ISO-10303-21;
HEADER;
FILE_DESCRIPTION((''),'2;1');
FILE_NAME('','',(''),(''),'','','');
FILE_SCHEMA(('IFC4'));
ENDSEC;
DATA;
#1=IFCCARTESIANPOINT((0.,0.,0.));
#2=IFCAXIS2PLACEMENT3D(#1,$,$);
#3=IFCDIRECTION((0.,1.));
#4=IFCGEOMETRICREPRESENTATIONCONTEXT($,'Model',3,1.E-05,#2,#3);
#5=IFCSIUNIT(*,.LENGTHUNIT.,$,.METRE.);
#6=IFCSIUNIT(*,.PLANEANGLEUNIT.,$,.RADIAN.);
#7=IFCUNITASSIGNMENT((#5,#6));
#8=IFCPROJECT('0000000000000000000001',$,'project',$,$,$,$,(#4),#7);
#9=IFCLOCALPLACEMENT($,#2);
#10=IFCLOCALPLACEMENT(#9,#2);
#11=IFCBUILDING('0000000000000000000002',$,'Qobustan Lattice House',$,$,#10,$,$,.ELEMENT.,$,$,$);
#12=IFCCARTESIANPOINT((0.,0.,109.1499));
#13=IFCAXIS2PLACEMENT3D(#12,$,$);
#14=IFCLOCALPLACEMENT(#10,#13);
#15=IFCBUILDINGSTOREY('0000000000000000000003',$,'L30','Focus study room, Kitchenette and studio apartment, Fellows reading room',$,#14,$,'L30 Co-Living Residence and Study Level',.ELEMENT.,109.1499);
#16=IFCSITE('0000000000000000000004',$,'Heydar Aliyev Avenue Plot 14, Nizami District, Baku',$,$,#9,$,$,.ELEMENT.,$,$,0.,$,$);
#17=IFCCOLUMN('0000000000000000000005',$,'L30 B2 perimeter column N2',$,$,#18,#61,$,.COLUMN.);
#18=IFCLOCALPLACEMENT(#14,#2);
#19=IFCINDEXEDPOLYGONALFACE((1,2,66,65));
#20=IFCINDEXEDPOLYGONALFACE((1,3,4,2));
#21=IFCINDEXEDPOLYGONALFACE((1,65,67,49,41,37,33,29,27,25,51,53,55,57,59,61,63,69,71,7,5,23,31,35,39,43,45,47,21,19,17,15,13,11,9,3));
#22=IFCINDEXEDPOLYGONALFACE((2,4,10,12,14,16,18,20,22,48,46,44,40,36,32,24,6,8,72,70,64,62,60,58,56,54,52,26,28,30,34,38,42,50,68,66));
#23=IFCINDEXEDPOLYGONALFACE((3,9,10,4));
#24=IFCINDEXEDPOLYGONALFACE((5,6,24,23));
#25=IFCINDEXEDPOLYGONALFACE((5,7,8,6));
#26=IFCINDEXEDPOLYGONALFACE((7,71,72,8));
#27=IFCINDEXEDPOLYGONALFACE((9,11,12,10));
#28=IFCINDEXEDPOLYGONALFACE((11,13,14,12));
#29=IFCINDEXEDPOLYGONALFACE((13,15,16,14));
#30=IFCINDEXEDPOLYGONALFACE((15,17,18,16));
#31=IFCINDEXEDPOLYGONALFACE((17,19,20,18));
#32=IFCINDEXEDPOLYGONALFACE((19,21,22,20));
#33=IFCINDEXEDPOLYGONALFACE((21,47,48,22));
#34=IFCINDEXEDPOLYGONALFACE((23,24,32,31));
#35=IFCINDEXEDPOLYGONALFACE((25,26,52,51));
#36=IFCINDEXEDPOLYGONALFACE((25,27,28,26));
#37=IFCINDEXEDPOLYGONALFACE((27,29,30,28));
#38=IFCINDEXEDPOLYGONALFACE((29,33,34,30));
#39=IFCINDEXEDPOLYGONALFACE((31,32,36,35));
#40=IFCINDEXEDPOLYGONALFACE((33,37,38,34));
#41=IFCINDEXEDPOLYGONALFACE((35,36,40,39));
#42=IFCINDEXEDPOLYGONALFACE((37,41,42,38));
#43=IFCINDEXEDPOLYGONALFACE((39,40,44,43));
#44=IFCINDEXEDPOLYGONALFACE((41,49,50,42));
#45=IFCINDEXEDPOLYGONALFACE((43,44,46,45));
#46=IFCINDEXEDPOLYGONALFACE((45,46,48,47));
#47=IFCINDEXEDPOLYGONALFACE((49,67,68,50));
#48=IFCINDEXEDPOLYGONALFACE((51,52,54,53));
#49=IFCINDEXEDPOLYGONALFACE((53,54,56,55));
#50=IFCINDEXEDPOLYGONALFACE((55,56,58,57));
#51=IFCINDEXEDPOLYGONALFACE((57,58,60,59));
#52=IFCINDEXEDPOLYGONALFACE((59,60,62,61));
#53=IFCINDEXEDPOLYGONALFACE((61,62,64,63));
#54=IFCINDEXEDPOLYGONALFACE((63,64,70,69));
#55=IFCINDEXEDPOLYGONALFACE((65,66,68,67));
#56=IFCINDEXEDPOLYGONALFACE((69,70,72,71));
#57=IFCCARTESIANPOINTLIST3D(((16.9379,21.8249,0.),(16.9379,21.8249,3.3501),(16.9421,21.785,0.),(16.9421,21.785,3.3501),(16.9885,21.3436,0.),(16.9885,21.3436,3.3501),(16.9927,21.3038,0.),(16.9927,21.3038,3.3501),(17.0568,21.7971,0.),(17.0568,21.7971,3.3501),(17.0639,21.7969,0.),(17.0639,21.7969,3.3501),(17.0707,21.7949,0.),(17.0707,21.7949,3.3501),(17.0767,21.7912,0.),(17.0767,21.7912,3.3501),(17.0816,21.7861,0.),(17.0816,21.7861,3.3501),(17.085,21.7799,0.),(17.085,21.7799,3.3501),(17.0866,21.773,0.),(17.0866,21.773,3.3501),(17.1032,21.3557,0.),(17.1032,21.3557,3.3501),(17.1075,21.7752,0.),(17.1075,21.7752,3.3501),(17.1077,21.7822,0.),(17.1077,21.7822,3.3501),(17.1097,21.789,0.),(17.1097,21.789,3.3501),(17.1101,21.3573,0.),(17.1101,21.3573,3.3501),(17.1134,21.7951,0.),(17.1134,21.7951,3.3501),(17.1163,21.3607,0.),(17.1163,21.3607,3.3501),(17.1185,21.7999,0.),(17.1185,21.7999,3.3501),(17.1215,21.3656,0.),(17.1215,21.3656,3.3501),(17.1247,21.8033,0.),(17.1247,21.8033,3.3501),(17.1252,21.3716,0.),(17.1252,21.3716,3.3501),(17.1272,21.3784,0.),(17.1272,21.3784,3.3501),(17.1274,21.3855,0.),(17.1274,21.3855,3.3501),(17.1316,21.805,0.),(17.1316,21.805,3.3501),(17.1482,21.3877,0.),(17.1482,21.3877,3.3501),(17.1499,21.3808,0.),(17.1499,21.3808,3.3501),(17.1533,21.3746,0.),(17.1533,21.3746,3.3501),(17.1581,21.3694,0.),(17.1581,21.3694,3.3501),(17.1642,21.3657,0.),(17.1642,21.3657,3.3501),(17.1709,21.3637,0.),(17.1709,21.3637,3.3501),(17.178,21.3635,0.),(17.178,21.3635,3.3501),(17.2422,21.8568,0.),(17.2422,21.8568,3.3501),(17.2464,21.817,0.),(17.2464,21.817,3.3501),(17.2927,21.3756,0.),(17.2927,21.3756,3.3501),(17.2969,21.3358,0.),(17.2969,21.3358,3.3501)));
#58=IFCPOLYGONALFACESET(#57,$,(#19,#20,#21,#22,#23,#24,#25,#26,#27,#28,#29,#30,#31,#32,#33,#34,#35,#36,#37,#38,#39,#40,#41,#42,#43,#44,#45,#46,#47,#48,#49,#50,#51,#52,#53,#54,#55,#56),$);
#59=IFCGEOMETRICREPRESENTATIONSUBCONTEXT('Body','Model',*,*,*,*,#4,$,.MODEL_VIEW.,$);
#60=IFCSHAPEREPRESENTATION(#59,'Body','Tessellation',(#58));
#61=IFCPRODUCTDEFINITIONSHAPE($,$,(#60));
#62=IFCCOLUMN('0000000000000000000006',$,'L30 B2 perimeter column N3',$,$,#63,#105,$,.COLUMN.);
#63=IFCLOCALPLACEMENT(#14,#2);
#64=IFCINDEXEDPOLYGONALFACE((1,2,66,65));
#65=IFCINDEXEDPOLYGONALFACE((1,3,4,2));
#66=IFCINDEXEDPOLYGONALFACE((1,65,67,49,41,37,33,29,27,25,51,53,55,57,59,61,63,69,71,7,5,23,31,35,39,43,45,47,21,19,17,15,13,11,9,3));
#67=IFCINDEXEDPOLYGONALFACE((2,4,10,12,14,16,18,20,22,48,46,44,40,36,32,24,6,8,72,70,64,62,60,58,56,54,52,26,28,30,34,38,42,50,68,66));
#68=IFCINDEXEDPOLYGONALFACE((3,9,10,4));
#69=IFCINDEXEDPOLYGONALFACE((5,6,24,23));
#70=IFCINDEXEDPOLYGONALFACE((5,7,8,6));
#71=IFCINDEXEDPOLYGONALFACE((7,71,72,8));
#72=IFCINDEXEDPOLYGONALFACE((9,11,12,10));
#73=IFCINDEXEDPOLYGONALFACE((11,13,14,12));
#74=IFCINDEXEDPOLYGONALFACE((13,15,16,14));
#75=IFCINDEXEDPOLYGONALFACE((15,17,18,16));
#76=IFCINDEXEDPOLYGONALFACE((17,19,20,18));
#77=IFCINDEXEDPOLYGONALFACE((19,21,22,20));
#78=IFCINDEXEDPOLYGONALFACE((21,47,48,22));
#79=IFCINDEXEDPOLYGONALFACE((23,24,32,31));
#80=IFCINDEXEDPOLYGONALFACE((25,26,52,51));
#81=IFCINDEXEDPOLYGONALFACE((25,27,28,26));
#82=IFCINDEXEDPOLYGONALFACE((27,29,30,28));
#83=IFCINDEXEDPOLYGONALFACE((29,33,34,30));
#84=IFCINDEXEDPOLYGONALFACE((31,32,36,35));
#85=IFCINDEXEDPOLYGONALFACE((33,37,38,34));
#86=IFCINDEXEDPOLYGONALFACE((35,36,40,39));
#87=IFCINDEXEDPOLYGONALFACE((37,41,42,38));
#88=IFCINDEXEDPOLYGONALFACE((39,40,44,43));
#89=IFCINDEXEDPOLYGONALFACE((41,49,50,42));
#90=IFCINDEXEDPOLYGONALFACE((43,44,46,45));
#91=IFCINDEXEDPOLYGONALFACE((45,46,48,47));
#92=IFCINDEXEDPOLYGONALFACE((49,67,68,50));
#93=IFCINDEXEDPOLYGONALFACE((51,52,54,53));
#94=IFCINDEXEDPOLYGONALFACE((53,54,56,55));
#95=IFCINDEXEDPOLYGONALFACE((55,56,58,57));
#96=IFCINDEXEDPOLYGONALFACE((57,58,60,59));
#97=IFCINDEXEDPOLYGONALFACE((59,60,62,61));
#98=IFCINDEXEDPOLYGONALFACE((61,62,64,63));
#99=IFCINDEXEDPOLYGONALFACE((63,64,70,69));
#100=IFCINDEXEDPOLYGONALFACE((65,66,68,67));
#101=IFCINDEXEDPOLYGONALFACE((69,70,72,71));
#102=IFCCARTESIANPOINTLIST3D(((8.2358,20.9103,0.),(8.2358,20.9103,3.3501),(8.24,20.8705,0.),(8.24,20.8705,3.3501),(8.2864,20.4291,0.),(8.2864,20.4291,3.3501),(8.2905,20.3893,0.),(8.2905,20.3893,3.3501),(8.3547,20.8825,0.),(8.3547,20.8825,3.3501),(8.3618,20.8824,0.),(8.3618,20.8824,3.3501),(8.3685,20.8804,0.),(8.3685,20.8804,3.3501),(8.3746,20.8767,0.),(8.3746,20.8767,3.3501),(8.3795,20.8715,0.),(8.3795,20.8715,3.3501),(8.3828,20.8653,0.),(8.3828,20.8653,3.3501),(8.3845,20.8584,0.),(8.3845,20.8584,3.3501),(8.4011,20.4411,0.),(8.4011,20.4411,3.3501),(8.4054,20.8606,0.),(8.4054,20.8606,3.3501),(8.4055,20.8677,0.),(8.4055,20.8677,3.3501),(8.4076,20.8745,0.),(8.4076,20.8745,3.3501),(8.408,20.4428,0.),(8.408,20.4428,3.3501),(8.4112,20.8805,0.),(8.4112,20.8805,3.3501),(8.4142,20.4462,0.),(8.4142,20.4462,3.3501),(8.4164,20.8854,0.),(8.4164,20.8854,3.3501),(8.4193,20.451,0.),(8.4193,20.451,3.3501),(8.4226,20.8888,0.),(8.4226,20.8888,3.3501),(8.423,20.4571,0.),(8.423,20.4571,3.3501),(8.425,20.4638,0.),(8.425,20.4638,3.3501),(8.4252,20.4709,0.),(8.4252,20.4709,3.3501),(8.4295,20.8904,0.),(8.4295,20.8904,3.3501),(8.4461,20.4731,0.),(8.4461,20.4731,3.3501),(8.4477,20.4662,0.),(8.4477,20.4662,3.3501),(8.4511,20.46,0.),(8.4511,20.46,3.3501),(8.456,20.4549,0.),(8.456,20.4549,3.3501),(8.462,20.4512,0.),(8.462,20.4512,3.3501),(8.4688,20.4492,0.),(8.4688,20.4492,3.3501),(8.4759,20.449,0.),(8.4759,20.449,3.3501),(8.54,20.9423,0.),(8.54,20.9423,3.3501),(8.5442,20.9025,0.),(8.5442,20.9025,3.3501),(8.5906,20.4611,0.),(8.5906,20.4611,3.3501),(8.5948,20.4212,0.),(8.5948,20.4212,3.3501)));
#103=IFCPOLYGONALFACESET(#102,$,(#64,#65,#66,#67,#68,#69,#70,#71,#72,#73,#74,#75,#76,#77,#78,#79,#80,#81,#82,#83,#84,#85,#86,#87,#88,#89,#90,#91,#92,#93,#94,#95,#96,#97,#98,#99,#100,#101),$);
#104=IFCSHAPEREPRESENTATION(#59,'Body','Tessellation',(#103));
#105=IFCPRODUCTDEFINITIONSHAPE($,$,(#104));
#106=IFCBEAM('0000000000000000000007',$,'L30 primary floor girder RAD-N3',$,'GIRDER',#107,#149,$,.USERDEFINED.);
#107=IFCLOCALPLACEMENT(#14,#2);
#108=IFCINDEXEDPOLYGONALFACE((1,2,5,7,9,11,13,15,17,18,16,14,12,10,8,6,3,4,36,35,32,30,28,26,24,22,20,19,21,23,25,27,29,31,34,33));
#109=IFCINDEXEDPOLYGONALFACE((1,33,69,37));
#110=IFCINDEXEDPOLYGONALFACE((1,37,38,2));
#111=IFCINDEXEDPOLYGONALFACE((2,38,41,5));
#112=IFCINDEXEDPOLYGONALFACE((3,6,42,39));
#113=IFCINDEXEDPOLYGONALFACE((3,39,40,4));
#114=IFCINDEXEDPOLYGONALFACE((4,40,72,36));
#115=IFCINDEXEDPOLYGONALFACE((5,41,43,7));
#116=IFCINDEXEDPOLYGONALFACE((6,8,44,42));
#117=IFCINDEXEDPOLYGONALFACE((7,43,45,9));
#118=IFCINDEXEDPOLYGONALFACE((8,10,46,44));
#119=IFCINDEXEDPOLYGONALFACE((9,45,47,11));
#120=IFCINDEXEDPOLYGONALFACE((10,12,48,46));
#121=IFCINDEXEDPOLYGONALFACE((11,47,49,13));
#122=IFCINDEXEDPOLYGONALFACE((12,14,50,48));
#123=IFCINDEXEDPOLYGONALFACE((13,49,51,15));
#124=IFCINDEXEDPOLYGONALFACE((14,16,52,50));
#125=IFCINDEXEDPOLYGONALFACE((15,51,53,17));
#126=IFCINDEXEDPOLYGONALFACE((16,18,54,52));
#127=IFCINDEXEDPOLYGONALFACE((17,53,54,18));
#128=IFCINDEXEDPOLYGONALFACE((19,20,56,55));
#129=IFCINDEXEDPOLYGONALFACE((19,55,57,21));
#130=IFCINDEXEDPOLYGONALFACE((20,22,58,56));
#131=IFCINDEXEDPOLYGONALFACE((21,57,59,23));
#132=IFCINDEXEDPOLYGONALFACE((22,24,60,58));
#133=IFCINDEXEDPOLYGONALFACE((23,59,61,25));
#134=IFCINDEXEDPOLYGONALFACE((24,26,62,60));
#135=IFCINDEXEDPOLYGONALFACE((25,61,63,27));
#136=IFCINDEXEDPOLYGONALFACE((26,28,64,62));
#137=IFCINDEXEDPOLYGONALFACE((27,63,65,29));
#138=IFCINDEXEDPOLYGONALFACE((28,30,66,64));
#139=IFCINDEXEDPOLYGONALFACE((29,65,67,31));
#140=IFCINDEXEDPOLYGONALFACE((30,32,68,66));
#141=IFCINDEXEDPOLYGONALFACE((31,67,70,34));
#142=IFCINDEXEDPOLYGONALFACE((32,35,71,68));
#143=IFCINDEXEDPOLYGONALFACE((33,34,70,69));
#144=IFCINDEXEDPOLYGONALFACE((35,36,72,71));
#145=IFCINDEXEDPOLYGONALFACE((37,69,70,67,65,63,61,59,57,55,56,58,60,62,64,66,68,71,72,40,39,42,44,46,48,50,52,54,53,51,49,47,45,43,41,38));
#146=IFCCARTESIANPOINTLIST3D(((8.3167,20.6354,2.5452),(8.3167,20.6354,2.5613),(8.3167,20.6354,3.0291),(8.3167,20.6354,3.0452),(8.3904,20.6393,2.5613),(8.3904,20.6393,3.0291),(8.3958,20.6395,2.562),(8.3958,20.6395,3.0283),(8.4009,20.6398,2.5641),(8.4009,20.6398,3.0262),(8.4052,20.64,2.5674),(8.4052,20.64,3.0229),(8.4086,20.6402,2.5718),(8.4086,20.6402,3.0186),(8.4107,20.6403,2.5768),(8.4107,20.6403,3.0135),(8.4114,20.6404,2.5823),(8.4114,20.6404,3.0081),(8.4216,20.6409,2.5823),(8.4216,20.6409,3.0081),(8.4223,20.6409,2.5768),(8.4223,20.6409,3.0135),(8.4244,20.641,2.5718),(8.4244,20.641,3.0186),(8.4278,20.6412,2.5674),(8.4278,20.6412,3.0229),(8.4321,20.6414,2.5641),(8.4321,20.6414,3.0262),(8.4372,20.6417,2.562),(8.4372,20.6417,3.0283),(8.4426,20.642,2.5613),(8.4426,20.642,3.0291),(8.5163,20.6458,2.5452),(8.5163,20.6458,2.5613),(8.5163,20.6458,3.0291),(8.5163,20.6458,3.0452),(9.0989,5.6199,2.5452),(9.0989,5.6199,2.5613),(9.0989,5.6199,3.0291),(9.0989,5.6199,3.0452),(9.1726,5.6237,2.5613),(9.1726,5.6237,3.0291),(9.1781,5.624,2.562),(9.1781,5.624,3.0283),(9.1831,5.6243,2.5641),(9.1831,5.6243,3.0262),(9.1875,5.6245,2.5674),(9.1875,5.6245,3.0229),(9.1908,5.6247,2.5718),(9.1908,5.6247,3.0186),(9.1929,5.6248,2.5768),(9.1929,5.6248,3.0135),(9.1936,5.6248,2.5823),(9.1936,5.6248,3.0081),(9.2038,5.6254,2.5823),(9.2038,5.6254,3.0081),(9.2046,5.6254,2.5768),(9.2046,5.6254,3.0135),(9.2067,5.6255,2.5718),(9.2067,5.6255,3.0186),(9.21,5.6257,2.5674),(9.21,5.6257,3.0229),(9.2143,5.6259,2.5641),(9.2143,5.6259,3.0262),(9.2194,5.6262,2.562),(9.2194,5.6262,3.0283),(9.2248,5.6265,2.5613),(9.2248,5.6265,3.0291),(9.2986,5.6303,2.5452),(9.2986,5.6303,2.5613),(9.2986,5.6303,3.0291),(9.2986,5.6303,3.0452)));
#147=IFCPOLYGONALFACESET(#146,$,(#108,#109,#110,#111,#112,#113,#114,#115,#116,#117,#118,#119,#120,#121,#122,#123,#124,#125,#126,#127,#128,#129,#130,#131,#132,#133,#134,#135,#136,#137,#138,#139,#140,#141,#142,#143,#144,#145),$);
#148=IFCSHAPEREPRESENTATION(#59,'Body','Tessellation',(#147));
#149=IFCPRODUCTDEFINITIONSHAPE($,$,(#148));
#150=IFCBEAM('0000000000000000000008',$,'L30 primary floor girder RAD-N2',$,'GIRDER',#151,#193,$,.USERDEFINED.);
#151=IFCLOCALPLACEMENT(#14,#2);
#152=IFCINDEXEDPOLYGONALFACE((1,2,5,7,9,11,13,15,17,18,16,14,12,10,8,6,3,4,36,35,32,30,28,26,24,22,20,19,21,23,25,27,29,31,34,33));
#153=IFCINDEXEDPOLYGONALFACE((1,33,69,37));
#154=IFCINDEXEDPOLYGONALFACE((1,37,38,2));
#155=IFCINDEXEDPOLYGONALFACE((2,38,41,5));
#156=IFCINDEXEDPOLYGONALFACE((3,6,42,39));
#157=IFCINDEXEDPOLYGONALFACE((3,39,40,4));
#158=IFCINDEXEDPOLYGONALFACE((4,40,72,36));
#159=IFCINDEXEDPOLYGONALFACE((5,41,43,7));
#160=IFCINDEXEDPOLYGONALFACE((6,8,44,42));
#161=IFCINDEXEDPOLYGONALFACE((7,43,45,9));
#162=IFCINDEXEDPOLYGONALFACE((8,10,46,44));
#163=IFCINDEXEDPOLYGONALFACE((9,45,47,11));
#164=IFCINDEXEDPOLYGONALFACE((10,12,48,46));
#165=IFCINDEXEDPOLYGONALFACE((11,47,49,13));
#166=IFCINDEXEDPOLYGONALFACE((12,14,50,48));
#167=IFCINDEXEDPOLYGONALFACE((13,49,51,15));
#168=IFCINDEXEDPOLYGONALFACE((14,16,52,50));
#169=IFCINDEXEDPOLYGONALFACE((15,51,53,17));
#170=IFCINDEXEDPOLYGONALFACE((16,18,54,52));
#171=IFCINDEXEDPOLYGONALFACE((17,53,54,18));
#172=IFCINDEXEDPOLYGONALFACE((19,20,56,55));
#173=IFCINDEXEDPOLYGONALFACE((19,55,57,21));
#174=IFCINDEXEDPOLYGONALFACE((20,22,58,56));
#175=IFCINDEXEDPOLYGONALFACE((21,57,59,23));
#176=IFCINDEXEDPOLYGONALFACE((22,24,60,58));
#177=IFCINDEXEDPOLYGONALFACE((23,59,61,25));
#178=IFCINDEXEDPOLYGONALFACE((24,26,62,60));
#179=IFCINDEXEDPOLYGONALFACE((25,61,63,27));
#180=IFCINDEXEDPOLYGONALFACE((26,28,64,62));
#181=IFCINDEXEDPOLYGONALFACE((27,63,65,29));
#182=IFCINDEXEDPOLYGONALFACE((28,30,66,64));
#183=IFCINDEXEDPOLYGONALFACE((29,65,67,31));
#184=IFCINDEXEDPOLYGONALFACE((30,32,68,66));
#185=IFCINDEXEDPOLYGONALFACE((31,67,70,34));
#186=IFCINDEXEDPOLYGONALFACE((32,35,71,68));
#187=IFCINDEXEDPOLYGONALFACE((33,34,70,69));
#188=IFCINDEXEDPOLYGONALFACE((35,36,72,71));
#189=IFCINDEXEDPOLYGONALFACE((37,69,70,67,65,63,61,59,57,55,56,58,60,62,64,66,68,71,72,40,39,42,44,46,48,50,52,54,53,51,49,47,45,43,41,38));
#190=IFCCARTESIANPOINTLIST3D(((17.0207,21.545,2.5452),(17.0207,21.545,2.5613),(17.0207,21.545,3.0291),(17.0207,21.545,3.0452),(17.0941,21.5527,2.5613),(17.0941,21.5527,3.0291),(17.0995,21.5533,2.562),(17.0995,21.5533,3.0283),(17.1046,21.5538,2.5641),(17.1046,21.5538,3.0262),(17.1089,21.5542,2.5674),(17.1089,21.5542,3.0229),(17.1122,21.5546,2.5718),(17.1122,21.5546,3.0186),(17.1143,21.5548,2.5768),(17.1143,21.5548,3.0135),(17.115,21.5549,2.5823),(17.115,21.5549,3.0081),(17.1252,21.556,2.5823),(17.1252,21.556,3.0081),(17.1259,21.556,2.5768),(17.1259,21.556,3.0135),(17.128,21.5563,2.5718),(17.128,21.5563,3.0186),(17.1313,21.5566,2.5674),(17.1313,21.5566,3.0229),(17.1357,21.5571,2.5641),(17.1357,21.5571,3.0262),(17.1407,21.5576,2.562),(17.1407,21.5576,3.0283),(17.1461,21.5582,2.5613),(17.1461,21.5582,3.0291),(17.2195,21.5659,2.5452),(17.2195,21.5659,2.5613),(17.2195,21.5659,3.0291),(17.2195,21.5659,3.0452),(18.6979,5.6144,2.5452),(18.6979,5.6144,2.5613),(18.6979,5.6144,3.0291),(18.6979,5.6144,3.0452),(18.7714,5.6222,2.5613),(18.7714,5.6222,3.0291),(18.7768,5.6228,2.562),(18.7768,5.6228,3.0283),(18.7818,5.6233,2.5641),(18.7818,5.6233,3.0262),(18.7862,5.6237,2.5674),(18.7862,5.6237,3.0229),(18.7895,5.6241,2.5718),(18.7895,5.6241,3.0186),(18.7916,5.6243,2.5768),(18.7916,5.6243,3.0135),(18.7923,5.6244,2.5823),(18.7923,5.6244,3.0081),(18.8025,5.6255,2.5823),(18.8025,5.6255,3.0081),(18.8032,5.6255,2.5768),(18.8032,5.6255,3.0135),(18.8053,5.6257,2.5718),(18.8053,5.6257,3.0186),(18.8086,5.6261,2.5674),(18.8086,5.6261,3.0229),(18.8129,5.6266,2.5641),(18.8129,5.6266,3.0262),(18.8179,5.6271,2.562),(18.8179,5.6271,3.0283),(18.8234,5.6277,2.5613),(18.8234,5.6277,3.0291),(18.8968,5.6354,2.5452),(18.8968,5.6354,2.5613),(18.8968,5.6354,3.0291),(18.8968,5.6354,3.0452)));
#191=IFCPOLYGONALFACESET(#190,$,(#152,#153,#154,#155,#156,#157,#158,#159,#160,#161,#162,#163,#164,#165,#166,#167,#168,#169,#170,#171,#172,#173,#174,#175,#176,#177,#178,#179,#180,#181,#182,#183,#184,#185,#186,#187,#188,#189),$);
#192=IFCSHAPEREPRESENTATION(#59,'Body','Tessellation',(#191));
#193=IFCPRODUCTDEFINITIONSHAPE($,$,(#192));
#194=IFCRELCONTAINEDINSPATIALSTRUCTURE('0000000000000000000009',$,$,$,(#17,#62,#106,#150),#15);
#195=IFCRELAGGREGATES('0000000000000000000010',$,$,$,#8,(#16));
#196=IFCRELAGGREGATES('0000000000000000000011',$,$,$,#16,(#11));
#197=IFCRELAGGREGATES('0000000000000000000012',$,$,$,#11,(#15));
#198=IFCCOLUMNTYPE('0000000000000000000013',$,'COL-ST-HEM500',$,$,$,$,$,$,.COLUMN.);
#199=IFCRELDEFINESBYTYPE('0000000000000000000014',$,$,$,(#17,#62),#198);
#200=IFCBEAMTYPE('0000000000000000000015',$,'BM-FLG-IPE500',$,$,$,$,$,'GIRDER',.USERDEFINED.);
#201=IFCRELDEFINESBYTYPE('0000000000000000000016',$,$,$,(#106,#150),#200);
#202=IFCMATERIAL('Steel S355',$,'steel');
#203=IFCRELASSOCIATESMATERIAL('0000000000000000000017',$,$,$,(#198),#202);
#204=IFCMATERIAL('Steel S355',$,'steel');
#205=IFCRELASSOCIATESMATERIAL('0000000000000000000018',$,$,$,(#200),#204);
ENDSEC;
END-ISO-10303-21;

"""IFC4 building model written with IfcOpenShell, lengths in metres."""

from ifc_helpers import new_model, si_unit, direction, frame, origin, origin_2d, place, context, subcontext, project, spatial, i_section, extrude, material, material_profile, profile_set, type_object, element, save


model = new_model("IFC4")

# Units and contexts
model_context = context("Model", 3, precision=1e-05, world=origin(), true_north=direction((0.0, 1.0)))
body_context = subcontext(model_context, "Body", "Model", "MODEL_VIEW")
ifc_project = project(units=[si_unit("LENGTHUNIT", "METRE"), si_unit("PLANEANGLEUNIT", "RADIAN")], contexts=[model_context])

# Site, building, storey
site_placement = place(None, origin())
site = spatial("IfcSite", under=ifc_project, at=site_placement, Name="Heydar Aliyev Avenue Plot 14, Nizami District, Baku", CompositionType="ELEMENT", RefElevation=0.0)
building_placement = place(site_placement, origin())
building = spatial("IfcBuilding", under=site, at=building_placement, Name="Qobustan Lattice House", CompositionType="ELEMENT")
storey_placement = place(building_placement, frame((0.0, 0.0, 109.1499)))
storey = spatial("IfcBuildingStorey", under=building, at=storey_placement, Name="L30", Description="Focus study room, Kitchenette and studio apartment, Fellows reading room", LongName="L30 Co-Living Residence and Study Level", CompositionType="ELEMENT", Elevation=109.1499)

# Columns
ifc_material_1 = material(Name="Steel S355", Category="steel")
ifc_material_profile_1 = material_profile(ifc_material_1, i_section(OverallWidth=0.3059, OverallDepth=0.5239, WebThickness=0.021, FlangeThickness=0.04, FilletRadius=0.0271, at=origin_2d()), Name="HEM500")
ifc_profile_set_1 = profile_set([ifc_material_profile_1], Name="Steel S355")
column_type = type_object("IfcColumnType", Name="COL-ST-HEM500", PredefinedType="COLUMN", material=ifc_profile_set_1)
for number, where, z_axis, x_axis, name in (
    (1, (17.1174, 21.5803, 0.0), (0.0, 0.0, 1.0), (0.994522, 0.104528, 0.0), "L30 B2 perimeter column N2"),
    (2, (8.4153, 20.6658, 0.0), (0.0, 0.0, 1.0), (0.994522, 0.104528, 0.0), "L30 B2 perimeter column N3"),
):
    element("IfcColumn", number, at=place(storey_placement, frame(where, z_axis=z_axis, x_axis=x_axis)), inside=storey, type_object=column_type, Name=name, PredefinedType="COLUMN", context=body_context, shape_type="SweptSolid", body=[
        extrude(i_section(OverallWidth=0.3059, OverallDepth=0.5239, WebThickness=0.021, FlangeThickness=0.04, FilletRadius=0.0271, at=origin_2d()), origin(), (0.0, 0.0, 1.0), 3.3501),
    ])

# Beams
ifc_material_2 = material(Name="Steel S355", Category="steel")
ifc_material_profile_2 = material_profile(ifc_material_2, i_section(OverallWidth=0.2, OverallDepth=0.5, WebThickness=0.0103, FlangeThickness=0.0161, FilletRadius=0.021, at=origin_2d()), Name="IPE500")
ifc_profile_set_2 = profile_set([ifc_material_profile_2], Name="Steel S355")
beam_type_1 = type_object("IfcBeamType", Name="BM-FLG-IPE500", ElementType="GIRDER", PredefinedType="USERDEFINED", material=ifc_profile_set_2)
beam_1_placement = place(storey_placement, frame((8.4165, 20.6406, 2.7952), z_axis=(0.052024, -0.998646, 0.0), x_axis=(0.998646, 0.052024, 0.0)))
element("IfcBeam", 3, at=beam_1_placement, inside=storey, type_object=beam_type_1, Name="L30 primary floor girder RAD-N3", ObjectType="GIRDER", PredefinedType="USERDEFINED", context=body_context, shape_type="SweptSolid", body=[
    extrude(i_section(OverallWidth=0.2, OverallDepth=0.5, WebThickness=0.0103, FlangeThickness=0.0161, FilletRadius=0.021, at=origin_2d()), origin(), (0.0, 0.0, 1.0), 15.0359),
])
beam_2_placement = place(storey_placement, frame((17.1201, 21.5554, 2.7952), z_axis=(0.104707, -0.994503, 0.0), x_axis=(0.994503, 0.104707, 0.0)))
element("IfcBeam", 4, at=beam_2_placement, inside=storey, type_object=beam_type_1, Name="L30 primary floor girder RAD-N2", ObjectType="GIRDER", PredefinedType="USERDEFINED", context=body_context, shape_type="SweptSolid", body=[
    extrude(i_section(OverallWidth=0.2, OverallDepth=0.5, WebThickness=0.0103, FlangeThickness=0.0161, FilletRadius=0.021, at=origin_2d()), origin(), (0.0, 0.0, 1.0), 16.0186),
])

save(model, "model.ifc")
